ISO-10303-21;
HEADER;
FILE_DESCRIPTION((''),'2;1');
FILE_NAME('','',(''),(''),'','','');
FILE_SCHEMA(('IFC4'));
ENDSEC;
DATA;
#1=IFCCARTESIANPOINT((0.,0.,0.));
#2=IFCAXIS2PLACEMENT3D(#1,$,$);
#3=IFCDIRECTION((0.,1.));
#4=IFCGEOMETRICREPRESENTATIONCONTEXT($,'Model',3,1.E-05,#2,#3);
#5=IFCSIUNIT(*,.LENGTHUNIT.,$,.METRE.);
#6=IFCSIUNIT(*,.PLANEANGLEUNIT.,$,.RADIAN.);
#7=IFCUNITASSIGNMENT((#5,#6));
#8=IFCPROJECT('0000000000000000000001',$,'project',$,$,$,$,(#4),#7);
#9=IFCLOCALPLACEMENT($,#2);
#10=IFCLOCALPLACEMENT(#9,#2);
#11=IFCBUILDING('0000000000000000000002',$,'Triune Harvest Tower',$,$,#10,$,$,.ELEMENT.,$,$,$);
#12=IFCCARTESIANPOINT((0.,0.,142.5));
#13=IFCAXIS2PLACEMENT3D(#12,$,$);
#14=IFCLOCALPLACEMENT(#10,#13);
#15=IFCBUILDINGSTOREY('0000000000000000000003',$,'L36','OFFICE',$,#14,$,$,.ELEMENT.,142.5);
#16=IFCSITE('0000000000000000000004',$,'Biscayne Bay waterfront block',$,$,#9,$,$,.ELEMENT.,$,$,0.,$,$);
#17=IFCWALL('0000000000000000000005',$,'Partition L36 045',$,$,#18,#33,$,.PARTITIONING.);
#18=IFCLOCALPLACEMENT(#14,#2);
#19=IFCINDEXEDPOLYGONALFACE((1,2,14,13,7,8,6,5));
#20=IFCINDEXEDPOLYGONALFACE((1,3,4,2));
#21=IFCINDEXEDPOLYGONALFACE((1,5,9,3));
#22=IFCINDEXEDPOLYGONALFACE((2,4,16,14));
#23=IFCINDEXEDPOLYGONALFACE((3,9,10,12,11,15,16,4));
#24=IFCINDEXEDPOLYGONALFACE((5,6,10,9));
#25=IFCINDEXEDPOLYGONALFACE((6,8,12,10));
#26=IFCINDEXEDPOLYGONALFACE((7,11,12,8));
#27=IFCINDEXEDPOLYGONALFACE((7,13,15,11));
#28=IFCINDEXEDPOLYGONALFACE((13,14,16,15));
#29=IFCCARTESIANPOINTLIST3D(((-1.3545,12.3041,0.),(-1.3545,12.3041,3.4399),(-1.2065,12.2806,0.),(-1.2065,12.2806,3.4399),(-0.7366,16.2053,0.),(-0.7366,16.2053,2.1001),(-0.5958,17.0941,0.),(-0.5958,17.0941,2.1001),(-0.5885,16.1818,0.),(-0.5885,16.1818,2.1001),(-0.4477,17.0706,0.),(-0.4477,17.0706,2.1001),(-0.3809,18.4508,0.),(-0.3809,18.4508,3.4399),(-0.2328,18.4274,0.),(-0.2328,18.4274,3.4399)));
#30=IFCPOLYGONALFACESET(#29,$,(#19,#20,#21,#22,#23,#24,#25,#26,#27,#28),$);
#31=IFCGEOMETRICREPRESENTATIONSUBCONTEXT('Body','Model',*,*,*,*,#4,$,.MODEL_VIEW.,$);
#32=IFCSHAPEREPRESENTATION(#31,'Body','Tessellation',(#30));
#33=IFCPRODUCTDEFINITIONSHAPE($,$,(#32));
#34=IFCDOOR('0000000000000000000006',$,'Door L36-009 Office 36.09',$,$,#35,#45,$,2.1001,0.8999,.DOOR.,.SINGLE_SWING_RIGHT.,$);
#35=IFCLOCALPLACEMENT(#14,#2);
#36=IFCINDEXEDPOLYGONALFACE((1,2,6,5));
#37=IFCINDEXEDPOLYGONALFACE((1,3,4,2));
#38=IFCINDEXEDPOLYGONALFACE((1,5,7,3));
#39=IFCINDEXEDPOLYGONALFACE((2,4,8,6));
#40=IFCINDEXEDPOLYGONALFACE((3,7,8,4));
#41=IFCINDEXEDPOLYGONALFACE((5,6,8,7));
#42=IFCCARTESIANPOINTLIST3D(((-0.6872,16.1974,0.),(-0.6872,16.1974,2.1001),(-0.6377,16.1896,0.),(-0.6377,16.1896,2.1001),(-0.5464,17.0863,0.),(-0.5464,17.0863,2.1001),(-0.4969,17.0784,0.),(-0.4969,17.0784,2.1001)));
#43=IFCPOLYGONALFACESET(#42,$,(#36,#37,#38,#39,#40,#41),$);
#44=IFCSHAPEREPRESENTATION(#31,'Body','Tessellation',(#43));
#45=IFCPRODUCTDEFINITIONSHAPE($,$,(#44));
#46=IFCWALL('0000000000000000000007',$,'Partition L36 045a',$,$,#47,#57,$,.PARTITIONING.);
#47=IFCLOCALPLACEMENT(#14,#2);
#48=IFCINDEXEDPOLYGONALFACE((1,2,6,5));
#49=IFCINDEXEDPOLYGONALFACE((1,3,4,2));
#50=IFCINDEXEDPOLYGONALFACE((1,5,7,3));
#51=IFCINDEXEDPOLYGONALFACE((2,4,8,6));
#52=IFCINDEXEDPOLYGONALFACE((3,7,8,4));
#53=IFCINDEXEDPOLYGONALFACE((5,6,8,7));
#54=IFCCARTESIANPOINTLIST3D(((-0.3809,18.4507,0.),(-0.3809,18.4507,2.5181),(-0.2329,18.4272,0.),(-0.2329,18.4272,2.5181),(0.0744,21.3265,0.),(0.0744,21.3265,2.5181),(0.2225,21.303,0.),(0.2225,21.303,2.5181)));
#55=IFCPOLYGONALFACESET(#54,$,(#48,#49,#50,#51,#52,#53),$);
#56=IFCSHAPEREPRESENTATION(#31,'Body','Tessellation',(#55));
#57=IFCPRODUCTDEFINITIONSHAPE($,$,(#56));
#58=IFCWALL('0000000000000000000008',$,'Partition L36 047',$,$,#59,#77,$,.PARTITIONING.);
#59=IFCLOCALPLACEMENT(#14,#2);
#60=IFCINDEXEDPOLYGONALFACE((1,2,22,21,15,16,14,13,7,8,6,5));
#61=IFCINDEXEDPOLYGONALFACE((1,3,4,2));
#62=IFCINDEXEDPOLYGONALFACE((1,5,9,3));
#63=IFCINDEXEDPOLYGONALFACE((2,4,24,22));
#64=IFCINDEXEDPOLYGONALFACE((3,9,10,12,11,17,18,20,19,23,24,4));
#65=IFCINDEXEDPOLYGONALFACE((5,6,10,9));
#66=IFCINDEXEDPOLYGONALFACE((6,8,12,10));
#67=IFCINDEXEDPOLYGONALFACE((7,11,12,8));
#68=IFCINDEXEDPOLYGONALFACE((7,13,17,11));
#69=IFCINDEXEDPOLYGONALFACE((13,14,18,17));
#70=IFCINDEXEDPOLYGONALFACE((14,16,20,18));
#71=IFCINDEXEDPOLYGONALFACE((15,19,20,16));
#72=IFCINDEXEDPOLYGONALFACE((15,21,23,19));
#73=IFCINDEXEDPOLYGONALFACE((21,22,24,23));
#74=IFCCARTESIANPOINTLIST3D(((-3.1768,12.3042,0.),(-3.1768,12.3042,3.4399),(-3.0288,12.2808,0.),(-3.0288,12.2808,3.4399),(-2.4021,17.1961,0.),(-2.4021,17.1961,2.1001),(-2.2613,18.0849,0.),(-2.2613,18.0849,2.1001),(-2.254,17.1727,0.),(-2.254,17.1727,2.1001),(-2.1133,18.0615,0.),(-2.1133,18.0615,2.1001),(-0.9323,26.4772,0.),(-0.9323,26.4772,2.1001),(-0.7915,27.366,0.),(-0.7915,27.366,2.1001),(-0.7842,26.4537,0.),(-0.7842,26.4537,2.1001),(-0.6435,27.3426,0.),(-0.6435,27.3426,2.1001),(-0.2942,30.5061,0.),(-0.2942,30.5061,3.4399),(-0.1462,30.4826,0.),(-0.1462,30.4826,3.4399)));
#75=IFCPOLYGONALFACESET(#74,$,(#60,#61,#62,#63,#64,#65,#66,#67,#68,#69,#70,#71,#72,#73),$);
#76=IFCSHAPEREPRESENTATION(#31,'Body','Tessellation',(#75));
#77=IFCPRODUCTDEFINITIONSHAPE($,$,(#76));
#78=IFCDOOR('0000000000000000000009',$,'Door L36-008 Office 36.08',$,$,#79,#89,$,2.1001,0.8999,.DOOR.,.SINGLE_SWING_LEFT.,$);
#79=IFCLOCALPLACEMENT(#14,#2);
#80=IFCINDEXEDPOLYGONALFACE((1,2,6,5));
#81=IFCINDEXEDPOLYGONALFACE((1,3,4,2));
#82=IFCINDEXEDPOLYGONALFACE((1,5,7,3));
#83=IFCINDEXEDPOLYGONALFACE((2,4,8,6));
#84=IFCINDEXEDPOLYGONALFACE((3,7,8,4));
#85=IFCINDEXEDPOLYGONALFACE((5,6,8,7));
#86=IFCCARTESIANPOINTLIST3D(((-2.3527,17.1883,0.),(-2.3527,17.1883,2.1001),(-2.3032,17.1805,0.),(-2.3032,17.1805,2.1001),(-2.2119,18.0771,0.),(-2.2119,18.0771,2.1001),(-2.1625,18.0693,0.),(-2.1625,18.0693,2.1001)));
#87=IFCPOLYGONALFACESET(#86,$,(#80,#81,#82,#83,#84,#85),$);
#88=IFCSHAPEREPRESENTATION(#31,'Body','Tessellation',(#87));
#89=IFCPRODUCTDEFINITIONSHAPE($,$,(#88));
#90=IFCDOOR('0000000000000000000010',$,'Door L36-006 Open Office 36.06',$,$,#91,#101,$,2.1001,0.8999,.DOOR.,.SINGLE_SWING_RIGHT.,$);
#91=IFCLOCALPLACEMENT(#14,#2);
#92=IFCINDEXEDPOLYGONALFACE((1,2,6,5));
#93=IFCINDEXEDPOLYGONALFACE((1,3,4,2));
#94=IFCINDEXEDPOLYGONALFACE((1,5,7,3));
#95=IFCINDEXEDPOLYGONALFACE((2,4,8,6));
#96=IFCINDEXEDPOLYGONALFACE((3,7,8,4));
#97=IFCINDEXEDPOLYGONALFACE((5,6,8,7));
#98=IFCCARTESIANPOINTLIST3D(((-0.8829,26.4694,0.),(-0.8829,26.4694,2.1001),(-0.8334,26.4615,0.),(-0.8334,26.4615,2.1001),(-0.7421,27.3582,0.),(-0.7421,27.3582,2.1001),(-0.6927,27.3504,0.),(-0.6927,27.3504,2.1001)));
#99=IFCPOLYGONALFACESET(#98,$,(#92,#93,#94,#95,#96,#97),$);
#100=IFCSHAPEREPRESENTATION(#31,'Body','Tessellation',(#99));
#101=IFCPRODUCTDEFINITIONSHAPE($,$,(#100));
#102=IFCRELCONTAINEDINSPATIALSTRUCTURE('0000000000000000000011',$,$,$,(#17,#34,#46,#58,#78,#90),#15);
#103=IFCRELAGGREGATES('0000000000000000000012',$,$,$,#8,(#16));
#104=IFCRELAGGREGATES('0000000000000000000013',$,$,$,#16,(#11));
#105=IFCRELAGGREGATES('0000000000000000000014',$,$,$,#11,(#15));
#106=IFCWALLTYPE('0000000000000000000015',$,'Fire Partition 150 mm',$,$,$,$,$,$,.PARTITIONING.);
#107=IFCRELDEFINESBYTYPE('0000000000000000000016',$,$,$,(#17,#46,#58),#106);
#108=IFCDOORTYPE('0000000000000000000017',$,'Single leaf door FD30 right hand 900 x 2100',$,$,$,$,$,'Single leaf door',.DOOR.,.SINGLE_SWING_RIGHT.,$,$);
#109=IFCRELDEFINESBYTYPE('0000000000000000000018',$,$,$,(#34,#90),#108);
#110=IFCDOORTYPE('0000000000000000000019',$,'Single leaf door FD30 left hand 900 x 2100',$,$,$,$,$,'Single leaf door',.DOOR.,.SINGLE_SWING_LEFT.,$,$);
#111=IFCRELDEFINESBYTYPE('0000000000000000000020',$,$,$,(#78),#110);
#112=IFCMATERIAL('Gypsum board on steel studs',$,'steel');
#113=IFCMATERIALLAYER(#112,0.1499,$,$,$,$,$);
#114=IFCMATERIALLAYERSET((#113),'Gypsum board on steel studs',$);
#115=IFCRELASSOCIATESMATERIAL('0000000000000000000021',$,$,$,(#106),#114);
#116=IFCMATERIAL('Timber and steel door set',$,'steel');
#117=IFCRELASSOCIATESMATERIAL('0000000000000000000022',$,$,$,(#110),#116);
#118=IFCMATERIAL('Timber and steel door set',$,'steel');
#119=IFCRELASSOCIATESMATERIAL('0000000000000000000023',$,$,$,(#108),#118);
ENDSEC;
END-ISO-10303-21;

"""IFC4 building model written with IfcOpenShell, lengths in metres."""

from ifc_helpers import new_model, si_unit, direction, frame, frame_2d, origin, place, context, subcontext, project, spatial, rectangle, extrude, source, transform, mapped, material, layer, layer_set, type_object, element, fill, save


model = new_model("IFC4")

# Units and contexts
model_context = context("Model", 3, precision=1e-05, world=origin(), true_north=direction((0.0, 1.0)))
body_context = subcontext(model_context, "Body", "Model", "MODEL_VIEW")
ifc_project = project(units=[si_unit("LENGTHUNIT", "METRE"), si_unit("PLANEANGLEUNIT", "RADIAN")], contexts=[model_context])

# Site, building, storey
site_placement = place(None, origin())
site = spatial("IfcSite", under=ifc_project, at=site_placement, Name="Biscayne Bay waterfront block", CompositionType="ELEMENT", RefElevation=0.0)
building_placement = place(site_placement, origin())
building = spatial("IfcBuilding", under=site, at=building_placement, Name="Triune Harvest Tower", CompositionType="ELEMENT")
storey_placement = place(building_placement, frame((0.0, 0.0, 142.5)))
storey = spatial("IfcBuildingStorey", under=building, at=storey_placement, Name="L36", Description="OFFICE", CompositionType="ELEMENT", Elevation=142.5)

# Shared definitions
ifc_material_1 = material(Name="Gypsum board on steel studs", Category="steel")
ifc_layer_1 = layer(ifc_material_1, 0.1499)
ifc_layer_set_1 = layer_set([ifc_layer_1], Name="Gypsum board on steel studs")
wall_type_1 = type_object("IfcWallType", Name="Fire Partition 150 mm", PredefinedType="PARTITIONING", material=ifc_layer_set_1)
ifc_material_2 = material(Name="Timber and steel door set", Category="steel")
door_type_1 = type_object("IfcDoorType", Name="Single leaf door FD30 left hand 900 x 2100", ElementType="Single leaf door", OperationType="SINGLE_SWING_LEFT", PredefinedType="DOOR", material=ifc_material_2)

# Wall, opening, door
shared_shape_1 = source(origin(), body_context, "Body", "SweptSolid", [
    extrude(rectangle(XDim=6.2234, YDim=0.1499, at=frame_2d((3.1118, 0.0))), origin(), (0.0, 0.0, 1.0), 3.4399),
])
wall_1_placement = place(storey_placement, frame((-1.2805, 12.2922, 0.0), z_axis=(0.0, 0.0, 1.0), x_axis=(0.156448, 0.987686, 0.0)))
wall_1 = element("IfcWall", 1, at=wall_1_placement, inside=storey, type_object=wall_type_1, Name="Partition L36 045", PredefinedType="PARTITIONING", context=body_context, shape_type="MappedRepresentation", body=[
    mapped(shared_shape_1, transform((0.0, 0.0, 0.0), scale=1.0)),
])
opening_1_placement = place(wall_1_placement, frame((3.95, 0.0, 0.0)))
opening_1 = element("IfcOpeningElement", 2, at=opening_1_placement, cuts=wall_1, PredefinedType="OPENING", context=body_context, shape_type="SweptSolid", body=[
    extrude(rectangle(XDim=0.8999, YDim=2.1001, at=frame_2d((0.45, 1.05))), frame((0.0, 0.085, 0.0), z_axis=(0.0, -1.0, 0.0), x_axis=(1.0, 0.0, 0.0)), (0.0, 0.0, 1.0), 0.1699),
])
ifc_material_3 = material(Name="Timber and steel door set", Category="steel")
door_type_2 = type_object("IfcDoorType", Name="Single leaf door FD30 right hand 900 x 2100", ElementType="Single leaf door", OperationType="SINGLE_SWING_RIGHT", PredefinedType="DOOR", material=ifc_material_3)
door_1_placement = place(opening_1_placement, origin())
door_1 = element("IfcDoor", 3, at=door_1_placement, inside=storey, type_object=door_type_2, Name="Door L36-009 Office 36.09", OperationType="SINGLE_SWING_RIGHT", OverallHeight=2.1001, OverallWidth=0.8999, PredefinedType="DOOR", context=body_context, shape_type="SweptSolid", body=[
    extrude(rectangle(XDim=0.8999, YDim=2.1001, at=frame_2d((0.45, 1.05))), frame((0.0, 0.0249, 0.0), z_axis=(0.0, -1.0, 0.0), x_axis=(1.0, 0.0, 0.0)), (0.0, 0.0, 1.0), 0.05),
])
fill(opening_1, door_1)

# Wall
shared_shape_2 = source(origin(), body_context, "Body", "SweptSolid", [
    extrude(rectangle(XDim=2.9116, YDim=0.1499, at=frame_2d((1.4558, 0.0))), origin(), (0.0, 0.0, 1.0), 2.5181),
])
wall_2_placement = place(storey_placement, frame((-0.3069, 18.439, 0.0), z_axis=(0.0, 0.0, 1.0), x_axis=(0.156385, 0.987696, 0.0)))
element("IfcWall", 4, at=wall_2_placement, inside=storey, type_object=wall_type_1, Name="Partition L36 045a", PredefinedType="PARTITIONING", context=body_context, shape_type="MappedRepresentation", body=[
    mapped(shared_shape_2, transform((0.0, 0.0, 0.0), scale=1.0)),
])

# Wall, openings, doors
shared_shape_3 = source(origin(), body_context, "Body", "SweptSolid", [
    extrude(rectangle(XDim=18.4287, YDim=0.1499, at=frame_2d((9.2144, 0.0))), origin(), (0.0, 0.0, 1.0), 3.4399),
])
wall_3_placement = place(storey_placement, frame((-3.1028, 12.2925, 0.0), z_axis=(0.0, 0.0, 1.0), x_axis=(0.156417, 0.987691, 0.0)))
wall_3 = element("IfcWall", 5, at=wall_3_placement, inside=storey, type_object=wall_type_1, Name="Partition L36 047", PredefinedType="PARTITIONING", context=body_context, shape_type="MappedRepresentation", body=[
    mapped(shared_shape_3, transform((0.0, 0.0, 0.0), scale=1.0)),
])
opening_2_placement = place(wall_3_placement, frame((14.3496, 0.0, 0.0)))
opening_2 = element("IfcOpeningElement", 6, at=opening_2_placement, cuts=wall_3, PredefinedType="OPENING", context=body_context, shape_type="SweptSolid", body=[
    extrude(rectangle(XDim=0.8999, YDim=2.1001, at=frame_2d((0.45, 1.05))), frame((0.0, 0.085, 0.0), z_axis=(0.0, -1.0, 0.0), x_axis=(1.0, 0.0, 0.0)), (0.0, 0.0, 1.0), 0.1699),
])
opening_3_placement = place(wall_3_placement, frame((4.9529, 0.0, 0.0)))
opening_3 = element("IfcOpeningElement", 7, at=opening_3_placement, cuts=wall_3, PredefinedType="OPENING", context=body_context, shape_type="SweptSolid", body=[
    extrude(rectangle(XDim=0.8999, YDim=2.1001, at=frame_2d((0.45, 1.05))), frame((0.0, 0.085, 0.0), z_axis=(0.0, -1.0, 0.0), x_axis=(1.0, 0.0, 0.0)), (0.0, 0.0, 1.0), 0.1699),
])
door_2_placement = place(opening_3_placement, origin())
door_2 = element("IfcDoor", 8, at=door_2_placement, inside=storey, type_object=door_type_1, Name="Door L36-008 Office 36.08", OperationType="SINGLE_SWING_LEFT", OverallHeight=2.1001, OverallWidth=0.8999, PredefinedType="DOOR", context=body_context, shape_type="SweptSolid", body=[
    extrude(rectangle(XDim=0.8999, YDim=2.1001, at=frame_2d((0.45, 1.05))), frame((0.0, 0.0249, 0.0), z_axis=(0.0, -1.0, 0.0), x_axis=(1.0, 0.0, 0.0)), (0.0, 0.0, 1.0), 0.05),
])
fill(opening_3, door_2)
door_3_placement = place(opening_2_placement, origin())
door_3 = element("IfcDoor", 9, at=door_3_placement, inside=storey, type_object=door_type_2, Name="Door L36-006 Open Office 36.06", OperationType="SINGLE_SWING_RIGHT", OverallHeight=2.1001, OverallWidth=0.8999, PredefinedType="DOOR", context=body_context, shape_type="SweptSolid", body=[
    extrude(rectangle(XDim=0.8999, YDim=2.1001, at=frame_2d((0.45, 1.05))), frame((0.0, 0.0249, 0.0), z_axis=(0.0, -1.0, 0.0), x_axis=(1.0, 0.0, 0.0)), (0.0, 0.0, 1.0), 0.05),
])
fill(opening_2, door_3)

save(model, "model.ifc")
